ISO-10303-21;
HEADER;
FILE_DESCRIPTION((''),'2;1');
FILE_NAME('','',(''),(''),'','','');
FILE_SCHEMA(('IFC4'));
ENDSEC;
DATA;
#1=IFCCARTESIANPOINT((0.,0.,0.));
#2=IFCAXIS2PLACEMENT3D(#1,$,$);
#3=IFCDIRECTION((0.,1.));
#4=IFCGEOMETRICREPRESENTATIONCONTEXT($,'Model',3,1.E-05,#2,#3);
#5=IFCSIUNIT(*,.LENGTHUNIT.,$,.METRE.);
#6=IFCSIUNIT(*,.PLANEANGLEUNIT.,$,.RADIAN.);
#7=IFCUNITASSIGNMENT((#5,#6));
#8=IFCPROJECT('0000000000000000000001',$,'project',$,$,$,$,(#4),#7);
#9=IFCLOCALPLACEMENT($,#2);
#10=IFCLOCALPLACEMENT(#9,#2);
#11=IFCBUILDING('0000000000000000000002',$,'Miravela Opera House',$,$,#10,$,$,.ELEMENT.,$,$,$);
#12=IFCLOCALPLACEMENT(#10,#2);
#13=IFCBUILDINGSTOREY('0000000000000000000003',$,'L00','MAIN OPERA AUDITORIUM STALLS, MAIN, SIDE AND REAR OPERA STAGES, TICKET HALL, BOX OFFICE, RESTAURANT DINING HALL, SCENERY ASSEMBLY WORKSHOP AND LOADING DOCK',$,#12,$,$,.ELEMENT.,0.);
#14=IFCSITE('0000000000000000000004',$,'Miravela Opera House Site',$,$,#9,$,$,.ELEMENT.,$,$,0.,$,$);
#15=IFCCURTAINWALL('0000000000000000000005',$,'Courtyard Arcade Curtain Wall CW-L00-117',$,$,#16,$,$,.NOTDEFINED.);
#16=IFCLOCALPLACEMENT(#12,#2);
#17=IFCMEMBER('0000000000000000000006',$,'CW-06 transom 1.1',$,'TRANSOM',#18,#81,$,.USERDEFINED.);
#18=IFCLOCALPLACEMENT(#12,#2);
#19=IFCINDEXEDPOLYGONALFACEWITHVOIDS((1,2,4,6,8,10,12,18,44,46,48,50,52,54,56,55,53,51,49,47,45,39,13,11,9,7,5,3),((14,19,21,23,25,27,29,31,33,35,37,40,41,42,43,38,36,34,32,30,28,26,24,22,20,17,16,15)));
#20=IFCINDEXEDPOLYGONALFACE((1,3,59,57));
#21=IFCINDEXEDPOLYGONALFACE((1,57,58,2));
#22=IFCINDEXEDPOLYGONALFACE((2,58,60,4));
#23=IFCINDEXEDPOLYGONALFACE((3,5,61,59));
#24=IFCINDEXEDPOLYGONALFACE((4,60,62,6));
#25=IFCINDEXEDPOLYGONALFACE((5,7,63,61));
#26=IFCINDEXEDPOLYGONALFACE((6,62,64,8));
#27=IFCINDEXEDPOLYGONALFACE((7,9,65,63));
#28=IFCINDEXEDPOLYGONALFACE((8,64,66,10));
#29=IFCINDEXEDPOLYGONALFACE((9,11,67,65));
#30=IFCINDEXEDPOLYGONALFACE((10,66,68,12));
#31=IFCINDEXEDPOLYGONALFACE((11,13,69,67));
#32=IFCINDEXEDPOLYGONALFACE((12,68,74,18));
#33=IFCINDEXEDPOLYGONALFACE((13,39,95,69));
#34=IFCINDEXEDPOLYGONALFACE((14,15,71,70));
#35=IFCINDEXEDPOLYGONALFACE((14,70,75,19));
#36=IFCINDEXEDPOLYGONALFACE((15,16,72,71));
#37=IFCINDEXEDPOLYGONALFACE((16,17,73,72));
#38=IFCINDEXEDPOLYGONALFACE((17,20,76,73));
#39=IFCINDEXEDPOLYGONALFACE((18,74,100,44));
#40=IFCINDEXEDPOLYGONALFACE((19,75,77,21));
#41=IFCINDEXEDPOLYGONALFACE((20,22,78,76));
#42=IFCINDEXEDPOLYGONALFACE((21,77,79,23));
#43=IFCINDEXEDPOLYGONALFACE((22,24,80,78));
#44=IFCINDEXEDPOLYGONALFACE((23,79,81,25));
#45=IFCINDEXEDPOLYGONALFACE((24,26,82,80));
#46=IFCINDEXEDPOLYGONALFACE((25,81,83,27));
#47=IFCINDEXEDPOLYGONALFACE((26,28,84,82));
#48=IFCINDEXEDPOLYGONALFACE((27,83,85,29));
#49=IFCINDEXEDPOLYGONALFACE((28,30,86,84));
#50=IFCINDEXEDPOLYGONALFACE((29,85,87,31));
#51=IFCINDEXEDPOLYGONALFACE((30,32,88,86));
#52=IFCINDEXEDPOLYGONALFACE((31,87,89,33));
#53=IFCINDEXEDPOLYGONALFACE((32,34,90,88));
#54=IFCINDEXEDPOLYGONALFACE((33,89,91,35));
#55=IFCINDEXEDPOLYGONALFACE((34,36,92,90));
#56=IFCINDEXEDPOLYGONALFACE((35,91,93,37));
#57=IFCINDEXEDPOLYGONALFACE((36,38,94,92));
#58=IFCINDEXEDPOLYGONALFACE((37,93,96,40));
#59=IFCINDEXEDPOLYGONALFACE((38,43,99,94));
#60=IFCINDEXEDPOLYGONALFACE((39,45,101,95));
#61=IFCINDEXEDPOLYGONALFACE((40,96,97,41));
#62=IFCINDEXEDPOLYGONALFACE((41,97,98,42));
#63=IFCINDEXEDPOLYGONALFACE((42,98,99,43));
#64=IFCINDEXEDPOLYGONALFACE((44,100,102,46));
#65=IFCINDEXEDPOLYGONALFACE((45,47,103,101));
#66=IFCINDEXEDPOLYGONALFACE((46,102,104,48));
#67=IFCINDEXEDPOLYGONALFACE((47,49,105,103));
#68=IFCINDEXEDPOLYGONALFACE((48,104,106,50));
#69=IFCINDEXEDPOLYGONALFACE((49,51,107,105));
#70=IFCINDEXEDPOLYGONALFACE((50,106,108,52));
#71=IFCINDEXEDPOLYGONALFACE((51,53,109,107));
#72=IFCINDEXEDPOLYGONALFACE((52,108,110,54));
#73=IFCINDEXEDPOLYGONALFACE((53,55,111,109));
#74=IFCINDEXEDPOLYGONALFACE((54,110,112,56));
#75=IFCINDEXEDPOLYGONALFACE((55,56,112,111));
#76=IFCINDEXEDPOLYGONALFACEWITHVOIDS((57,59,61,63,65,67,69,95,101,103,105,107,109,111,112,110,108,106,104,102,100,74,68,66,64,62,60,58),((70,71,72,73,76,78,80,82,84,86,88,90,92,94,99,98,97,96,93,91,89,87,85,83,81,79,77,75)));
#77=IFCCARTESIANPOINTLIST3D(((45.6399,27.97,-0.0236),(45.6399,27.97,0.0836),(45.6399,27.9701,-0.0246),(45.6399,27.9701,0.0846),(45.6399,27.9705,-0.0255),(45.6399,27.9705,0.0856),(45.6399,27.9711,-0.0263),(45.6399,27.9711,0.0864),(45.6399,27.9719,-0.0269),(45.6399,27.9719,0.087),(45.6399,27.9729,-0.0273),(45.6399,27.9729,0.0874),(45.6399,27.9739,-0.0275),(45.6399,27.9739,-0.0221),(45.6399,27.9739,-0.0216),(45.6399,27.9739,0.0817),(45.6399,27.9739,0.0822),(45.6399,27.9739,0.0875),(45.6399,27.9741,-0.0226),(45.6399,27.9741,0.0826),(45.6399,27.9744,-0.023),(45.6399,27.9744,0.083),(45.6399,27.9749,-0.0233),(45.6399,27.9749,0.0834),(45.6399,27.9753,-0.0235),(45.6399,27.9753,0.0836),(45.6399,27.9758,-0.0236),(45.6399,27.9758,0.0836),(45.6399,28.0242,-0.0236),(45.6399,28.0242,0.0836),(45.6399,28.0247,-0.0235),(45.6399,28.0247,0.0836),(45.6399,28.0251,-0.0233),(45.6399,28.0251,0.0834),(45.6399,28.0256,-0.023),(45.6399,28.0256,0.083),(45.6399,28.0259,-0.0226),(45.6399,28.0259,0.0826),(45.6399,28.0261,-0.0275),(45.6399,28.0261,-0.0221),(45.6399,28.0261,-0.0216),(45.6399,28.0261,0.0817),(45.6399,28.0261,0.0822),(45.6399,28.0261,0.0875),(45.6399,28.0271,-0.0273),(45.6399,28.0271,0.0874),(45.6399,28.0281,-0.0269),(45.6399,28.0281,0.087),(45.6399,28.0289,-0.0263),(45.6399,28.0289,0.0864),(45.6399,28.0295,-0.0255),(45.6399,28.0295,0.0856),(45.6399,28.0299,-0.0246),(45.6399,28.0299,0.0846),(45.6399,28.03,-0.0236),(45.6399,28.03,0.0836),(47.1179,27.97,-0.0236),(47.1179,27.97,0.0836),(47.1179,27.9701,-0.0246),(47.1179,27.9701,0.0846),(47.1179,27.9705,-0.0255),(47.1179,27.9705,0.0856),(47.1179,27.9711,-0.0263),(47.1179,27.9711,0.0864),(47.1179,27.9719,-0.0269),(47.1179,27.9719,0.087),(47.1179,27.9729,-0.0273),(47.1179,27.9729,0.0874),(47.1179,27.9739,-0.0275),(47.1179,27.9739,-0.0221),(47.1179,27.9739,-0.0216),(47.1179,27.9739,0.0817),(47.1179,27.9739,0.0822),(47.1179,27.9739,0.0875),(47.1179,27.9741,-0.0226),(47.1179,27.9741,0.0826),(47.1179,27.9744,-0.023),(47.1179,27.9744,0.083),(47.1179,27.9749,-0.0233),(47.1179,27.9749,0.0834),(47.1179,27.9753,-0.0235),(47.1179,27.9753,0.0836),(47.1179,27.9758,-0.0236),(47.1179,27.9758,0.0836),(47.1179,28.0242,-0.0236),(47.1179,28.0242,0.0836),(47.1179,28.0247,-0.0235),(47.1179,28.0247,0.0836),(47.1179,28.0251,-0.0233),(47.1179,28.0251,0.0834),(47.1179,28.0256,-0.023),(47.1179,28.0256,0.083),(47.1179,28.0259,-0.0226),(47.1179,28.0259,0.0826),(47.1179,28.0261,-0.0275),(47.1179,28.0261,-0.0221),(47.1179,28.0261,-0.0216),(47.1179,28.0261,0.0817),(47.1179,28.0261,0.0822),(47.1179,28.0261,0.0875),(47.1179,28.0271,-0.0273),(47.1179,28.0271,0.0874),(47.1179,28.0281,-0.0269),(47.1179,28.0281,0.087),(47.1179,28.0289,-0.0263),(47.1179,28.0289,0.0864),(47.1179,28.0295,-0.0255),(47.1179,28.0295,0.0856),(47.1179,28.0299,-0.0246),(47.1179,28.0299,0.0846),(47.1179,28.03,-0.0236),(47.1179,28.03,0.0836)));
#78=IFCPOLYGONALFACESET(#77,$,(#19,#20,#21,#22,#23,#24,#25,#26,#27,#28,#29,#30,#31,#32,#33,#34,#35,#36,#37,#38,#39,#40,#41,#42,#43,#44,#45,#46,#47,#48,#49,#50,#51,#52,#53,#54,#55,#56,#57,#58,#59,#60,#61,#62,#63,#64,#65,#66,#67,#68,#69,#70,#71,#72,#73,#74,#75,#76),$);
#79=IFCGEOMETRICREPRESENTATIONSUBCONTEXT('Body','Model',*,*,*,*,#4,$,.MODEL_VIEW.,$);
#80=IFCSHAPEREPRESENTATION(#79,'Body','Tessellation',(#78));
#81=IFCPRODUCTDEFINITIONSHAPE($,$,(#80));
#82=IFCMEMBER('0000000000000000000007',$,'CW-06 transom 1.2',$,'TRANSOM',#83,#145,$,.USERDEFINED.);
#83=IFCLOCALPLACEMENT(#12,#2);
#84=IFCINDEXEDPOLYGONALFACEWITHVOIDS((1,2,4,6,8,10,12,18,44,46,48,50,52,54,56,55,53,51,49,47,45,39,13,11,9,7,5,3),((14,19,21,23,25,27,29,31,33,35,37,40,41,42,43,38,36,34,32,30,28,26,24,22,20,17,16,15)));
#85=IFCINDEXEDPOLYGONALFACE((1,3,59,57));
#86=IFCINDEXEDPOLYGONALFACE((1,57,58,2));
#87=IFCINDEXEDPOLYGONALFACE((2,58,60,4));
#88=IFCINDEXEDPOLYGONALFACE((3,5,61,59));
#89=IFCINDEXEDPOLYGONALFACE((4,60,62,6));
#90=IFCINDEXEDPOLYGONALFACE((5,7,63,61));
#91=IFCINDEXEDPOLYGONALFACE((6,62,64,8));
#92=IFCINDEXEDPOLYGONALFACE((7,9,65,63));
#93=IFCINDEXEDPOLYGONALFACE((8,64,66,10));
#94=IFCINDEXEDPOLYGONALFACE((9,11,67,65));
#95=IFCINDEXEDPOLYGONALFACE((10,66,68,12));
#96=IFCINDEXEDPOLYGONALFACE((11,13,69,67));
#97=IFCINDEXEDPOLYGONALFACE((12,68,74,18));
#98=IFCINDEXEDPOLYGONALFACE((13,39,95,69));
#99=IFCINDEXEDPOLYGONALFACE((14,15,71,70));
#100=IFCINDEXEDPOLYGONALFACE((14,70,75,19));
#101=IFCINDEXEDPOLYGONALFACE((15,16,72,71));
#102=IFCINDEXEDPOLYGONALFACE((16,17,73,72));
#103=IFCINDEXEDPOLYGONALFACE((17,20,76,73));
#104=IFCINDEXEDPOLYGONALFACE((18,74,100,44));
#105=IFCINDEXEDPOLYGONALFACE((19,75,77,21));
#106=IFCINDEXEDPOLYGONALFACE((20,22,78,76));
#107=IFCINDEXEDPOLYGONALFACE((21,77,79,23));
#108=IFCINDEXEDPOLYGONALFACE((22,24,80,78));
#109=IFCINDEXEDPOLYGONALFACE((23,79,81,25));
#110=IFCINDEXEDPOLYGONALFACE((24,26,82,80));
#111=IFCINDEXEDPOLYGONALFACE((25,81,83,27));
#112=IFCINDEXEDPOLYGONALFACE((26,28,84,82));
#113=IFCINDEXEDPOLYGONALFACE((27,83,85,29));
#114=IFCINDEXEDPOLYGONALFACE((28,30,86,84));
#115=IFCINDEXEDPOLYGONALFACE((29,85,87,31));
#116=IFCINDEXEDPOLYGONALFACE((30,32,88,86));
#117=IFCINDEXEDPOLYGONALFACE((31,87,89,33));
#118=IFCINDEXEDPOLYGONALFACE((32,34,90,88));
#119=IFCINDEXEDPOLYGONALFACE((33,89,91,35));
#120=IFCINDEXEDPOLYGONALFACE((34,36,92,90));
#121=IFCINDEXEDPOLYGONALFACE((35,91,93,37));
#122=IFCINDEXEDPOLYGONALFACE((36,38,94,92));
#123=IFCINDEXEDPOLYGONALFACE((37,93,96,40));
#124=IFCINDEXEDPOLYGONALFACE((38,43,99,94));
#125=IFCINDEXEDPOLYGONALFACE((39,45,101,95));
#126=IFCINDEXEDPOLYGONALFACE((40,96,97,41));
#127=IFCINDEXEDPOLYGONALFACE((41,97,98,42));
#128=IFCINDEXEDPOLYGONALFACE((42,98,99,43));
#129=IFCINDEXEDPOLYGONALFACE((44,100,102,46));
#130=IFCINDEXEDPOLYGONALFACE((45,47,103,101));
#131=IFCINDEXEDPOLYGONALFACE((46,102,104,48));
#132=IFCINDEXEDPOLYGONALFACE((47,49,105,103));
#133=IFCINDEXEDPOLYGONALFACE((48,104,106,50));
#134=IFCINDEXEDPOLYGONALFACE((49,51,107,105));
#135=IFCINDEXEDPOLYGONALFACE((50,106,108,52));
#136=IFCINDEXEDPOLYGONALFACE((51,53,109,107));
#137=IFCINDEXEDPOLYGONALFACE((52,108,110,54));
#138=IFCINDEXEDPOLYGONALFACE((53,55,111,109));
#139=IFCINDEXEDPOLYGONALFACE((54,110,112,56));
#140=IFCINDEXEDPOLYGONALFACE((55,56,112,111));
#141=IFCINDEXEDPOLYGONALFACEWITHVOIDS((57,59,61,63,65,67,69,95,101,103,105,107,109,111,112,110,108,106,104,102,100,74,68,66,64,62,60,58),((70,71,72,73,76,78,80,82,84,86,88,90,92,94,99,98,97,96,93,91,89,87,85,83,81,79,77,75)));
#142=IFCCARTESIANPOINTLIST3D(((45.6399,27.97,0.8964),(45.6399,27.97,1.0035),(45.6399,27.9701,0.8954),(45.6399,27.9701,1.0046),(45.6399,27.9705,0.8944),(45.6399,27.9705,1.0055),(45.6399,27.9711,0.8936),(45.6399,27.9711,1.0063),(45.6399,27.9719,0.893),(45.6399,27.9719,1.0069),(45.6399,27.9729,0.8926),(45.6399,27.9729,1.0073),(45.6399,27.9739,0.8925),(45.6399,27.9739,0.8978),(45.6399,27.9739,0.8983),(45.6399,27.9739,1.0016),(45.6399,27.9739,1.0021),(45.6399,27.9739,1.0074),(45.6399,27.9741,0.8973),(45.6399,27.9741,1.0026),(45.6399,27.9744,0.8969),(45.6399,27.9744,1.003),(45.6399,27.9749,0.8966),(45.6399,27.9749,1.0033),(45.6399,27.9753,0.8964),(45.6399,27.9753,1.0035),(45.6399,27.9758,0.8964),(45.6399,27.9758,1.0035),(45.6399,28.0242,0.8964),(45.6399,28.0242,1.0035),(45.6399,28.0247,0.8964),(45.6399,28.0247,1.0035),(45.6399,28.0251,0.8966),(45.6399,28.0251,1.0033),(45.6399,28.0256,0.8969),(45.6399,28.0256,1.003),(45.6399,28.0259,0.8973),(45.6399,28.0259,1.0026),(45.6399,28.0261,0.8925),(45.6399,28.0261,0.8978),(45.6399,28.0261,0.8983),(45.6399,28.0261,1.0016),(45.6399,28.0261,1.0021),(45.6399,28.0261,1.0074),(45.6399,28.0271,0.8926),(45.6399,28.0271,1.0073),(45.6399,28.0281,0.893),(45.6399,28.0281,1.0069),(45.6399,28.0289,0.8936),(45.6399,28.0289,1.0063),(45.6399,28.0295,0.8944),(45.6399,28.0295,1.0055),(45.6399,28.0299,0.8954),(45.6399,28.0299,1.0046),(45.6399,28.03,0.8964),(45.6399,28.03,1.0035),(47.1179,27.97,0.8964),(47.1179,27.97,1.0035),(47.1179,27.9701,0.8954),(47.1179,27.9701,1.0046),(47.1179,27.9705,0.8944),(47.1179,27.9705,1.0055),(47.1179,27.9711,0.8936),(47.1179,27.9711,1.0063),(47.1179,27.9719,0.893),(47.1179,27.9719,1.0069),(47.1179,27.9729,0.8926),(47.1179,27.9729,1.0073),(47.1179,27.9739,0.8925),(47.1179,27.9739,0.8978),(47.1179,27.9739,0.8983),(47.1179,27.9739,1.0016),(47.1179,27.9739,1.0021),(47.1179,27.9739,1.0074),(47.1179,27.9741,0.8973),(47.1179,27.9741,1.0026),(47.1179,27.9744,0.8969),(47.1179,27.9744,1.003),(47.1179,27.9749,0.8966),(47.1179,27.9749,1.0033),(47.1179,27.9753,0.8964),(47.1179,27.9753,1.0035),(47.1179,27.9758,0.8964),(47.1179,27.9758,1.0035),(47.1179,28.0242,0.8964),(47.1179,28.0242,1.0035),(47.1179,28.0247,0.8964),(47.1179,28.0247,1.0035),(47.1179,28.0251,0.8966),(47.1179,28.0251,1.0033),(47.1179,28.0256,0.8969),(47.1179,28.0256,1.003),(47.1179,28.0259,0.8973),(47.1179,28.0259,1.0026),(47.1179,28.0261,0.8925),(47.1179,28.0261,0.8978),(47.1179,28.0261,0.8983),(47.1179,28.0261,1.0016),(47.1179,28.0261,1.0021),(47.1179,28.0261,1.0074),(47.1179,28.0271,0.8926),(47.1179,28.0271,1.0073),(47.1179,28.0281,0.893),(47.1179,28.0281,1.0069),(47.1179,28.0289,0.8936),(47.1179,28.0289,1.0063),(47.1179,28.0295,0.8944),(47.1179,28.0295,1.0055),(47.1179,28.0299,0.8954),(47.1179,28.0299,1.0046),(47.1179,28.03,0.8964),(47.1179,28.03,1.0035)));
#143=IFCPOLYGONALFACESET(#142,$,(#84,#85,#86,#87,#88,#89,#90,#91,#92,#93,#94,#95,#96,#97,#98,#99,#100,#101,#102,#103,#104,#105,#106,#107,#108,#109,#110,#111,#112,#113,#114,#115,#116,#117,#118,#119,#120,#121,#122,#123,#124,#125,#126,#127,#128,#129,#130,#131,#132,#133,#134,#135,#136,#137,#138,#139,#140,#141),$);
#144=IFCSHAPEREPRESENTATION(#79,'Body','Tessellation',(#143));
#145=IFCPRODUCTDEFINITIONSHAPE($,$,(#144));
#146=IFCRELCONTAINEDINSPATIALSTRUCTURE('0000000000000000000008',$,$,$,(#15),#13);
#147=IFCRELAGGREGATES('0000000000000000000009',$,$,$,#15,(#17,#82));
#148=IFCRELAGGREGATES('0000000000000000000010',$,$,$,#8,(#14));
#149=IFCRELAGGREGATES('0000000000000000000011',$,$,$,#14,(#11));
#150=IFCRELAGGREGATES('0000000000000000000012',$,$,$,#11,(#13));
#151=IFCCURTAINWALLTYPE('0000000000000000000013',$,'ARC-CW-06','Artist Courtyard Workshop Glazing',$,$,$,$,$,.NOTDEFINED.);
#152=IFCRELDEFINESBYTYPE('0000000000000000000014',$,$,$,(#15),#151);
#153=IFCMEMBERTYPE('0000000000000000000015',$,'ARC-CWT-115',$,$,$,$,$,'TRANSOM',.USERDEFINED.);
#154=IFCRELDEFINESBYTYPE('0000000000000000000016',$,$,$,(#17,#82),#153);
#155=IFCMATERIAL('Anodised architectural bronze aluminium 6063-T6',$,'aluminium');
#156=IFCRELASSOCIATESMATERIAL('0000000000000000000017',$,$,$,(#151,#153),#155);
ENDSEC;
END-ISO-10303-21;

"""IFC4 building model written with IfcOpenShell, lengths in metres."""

from ifc_helpers import new_model, si_unit, direction, frame, origin, origin_2d, place, context, subcontext, project, spatial, hollow_rectangle, extrude, material, material_profile, profile_set, type_object, element, aggregate, save


model = new_model("IFC4")

# Units and contexts
model_context = context("Model", 3, precision=1e-05, world=origin(), true_north=direction((0.0, 1.0)))
body_context = subcontext(model_context, "Body", "Model", "MODEL_VIEW")
ifc_project = project(units=[si_unit("LENGTHUNIT", "METRE"), si_unit("PLANEANGLEUNIT", "RADIAN")], contexts=[model_context])

# Site, building, storey
site_placement = place(None, origin())
site = spatial("IfcSite", under=ifc_project, at=site_placement, Name="Miravela Opera House Site", CompositionType="ELEMENT", RefElevation=0.0)
building_placement = place(site_placement, origin())
building = spatial("IfcBuilding", under=site, at=building_placement, Name="Miravela Opera House", CompositionType="ELEMENT")
storey_placement = place(building_placement, origin())
storey = spatial("IfcBuildingStorey", under=building, at=storey_placement, Name="L00", Description="MAIN OPERA AUDITORIUM STALLS, MAIN, SIDE AND REAR OPERA STAGES, TICKET HALL, BOX OFFICE, RESTAURANT DINING HALL, SCENERY ASSEMBLY WORKSHOP AND LOADING DOCK", CompositionType="ELEMENT", Elevation=0.0)

# Shared definitions
ifc_material_1 = material(Name="Anodised architectural bronze aluminium 6063-T6", Category="aluminium")
curtain_wall_type = type_object("IfcCurtainWallType", Name="ARC-CW-06", Description="Artist Courtyard Workshop Glazing", PredefinedType="NOTDEFINED", material=ifc_material_1)

# Curtain wall
curtain_wall_1_placement = place(storey_placement, origin())
curtain_wall_1 = element("IfcCurtainWall", 1, at=curtain_wall_1_placement, inside=storey, type_object=curtain_wall_type, Name="Courtyard Arcade Curtain Wall CW-L00-117", PredefinedType="NOTDEFINED")

# Members
ifc_material_profile_1 = material_profile(ifc_material_1, hollow_rectangle(XDim=0.0601, YDim=0.115, WallThickness=0.0039, InnerFilletRadius=0.002, OuterFilletRadius=0.0039, at=origin_2d()), Name="CWT-60X115")
ifc_profile_set_1 = profile_set([ifc_material_profile_1])
member_type_1 = type_object("IfcMemberType", Name="ARC-CWT-115", ElementType="TRANSOM", PredefinedType="USERDEFINED", material=ifc_profile_set_1)
member_1_placement = place(storey_placement, frame((45.6399, 28.0, 0.03), z_axis=(1.0, 0.0, 0.0), x_axis=(0.0, 1.0, 0.0)))
member_1 = element("IfcMember", 2, at=member_1_placement, type_object=member_type_1, Name="CW-06 transom 1.1", ObjectType="TRANSOM", PredefinedType="USERDEFINED", context=body_context, shape_type="SweptSolid", body=[
    extrude(hollow_rectangle(XDim=0.0601, YDim=0.115, WallThickness=0.0039, InnerFilletRadius=0.002, OuterFilletRadius=0.0039, at=origin_2d()), origin(), (0.0, 0.0, 1.0), 1.478),
])
member_2_placement = place(storey_placement, frame((45.6399, 28.0, 0.95), z_axis=(1.0, 0.0, 0.0), x_axis=(0.0, 1.0, 0.0)))
member_2 = element("IfcMember", 3, at=member_2_placement, type_object=member_type_1, Name="CW-06 transom 1.2", ObjectType="TRANSOM", PredefinedType="USERDEFINED", context=body_context, shape_type="SweptSolid", body=[
    extrude(hollow_rectangle(XDim=0.0601, YDim=0.115, WallThickness=0.0039, InnerFilletRadius=0.002, OuterFilletRadius=0.0039, at=origin_2d()), origin(), (0.0, 0.0, 1.0), 1.478),
])

aggregate(curtain_wall_1, [member_1, member_2])

save(model, "model.ifc")
